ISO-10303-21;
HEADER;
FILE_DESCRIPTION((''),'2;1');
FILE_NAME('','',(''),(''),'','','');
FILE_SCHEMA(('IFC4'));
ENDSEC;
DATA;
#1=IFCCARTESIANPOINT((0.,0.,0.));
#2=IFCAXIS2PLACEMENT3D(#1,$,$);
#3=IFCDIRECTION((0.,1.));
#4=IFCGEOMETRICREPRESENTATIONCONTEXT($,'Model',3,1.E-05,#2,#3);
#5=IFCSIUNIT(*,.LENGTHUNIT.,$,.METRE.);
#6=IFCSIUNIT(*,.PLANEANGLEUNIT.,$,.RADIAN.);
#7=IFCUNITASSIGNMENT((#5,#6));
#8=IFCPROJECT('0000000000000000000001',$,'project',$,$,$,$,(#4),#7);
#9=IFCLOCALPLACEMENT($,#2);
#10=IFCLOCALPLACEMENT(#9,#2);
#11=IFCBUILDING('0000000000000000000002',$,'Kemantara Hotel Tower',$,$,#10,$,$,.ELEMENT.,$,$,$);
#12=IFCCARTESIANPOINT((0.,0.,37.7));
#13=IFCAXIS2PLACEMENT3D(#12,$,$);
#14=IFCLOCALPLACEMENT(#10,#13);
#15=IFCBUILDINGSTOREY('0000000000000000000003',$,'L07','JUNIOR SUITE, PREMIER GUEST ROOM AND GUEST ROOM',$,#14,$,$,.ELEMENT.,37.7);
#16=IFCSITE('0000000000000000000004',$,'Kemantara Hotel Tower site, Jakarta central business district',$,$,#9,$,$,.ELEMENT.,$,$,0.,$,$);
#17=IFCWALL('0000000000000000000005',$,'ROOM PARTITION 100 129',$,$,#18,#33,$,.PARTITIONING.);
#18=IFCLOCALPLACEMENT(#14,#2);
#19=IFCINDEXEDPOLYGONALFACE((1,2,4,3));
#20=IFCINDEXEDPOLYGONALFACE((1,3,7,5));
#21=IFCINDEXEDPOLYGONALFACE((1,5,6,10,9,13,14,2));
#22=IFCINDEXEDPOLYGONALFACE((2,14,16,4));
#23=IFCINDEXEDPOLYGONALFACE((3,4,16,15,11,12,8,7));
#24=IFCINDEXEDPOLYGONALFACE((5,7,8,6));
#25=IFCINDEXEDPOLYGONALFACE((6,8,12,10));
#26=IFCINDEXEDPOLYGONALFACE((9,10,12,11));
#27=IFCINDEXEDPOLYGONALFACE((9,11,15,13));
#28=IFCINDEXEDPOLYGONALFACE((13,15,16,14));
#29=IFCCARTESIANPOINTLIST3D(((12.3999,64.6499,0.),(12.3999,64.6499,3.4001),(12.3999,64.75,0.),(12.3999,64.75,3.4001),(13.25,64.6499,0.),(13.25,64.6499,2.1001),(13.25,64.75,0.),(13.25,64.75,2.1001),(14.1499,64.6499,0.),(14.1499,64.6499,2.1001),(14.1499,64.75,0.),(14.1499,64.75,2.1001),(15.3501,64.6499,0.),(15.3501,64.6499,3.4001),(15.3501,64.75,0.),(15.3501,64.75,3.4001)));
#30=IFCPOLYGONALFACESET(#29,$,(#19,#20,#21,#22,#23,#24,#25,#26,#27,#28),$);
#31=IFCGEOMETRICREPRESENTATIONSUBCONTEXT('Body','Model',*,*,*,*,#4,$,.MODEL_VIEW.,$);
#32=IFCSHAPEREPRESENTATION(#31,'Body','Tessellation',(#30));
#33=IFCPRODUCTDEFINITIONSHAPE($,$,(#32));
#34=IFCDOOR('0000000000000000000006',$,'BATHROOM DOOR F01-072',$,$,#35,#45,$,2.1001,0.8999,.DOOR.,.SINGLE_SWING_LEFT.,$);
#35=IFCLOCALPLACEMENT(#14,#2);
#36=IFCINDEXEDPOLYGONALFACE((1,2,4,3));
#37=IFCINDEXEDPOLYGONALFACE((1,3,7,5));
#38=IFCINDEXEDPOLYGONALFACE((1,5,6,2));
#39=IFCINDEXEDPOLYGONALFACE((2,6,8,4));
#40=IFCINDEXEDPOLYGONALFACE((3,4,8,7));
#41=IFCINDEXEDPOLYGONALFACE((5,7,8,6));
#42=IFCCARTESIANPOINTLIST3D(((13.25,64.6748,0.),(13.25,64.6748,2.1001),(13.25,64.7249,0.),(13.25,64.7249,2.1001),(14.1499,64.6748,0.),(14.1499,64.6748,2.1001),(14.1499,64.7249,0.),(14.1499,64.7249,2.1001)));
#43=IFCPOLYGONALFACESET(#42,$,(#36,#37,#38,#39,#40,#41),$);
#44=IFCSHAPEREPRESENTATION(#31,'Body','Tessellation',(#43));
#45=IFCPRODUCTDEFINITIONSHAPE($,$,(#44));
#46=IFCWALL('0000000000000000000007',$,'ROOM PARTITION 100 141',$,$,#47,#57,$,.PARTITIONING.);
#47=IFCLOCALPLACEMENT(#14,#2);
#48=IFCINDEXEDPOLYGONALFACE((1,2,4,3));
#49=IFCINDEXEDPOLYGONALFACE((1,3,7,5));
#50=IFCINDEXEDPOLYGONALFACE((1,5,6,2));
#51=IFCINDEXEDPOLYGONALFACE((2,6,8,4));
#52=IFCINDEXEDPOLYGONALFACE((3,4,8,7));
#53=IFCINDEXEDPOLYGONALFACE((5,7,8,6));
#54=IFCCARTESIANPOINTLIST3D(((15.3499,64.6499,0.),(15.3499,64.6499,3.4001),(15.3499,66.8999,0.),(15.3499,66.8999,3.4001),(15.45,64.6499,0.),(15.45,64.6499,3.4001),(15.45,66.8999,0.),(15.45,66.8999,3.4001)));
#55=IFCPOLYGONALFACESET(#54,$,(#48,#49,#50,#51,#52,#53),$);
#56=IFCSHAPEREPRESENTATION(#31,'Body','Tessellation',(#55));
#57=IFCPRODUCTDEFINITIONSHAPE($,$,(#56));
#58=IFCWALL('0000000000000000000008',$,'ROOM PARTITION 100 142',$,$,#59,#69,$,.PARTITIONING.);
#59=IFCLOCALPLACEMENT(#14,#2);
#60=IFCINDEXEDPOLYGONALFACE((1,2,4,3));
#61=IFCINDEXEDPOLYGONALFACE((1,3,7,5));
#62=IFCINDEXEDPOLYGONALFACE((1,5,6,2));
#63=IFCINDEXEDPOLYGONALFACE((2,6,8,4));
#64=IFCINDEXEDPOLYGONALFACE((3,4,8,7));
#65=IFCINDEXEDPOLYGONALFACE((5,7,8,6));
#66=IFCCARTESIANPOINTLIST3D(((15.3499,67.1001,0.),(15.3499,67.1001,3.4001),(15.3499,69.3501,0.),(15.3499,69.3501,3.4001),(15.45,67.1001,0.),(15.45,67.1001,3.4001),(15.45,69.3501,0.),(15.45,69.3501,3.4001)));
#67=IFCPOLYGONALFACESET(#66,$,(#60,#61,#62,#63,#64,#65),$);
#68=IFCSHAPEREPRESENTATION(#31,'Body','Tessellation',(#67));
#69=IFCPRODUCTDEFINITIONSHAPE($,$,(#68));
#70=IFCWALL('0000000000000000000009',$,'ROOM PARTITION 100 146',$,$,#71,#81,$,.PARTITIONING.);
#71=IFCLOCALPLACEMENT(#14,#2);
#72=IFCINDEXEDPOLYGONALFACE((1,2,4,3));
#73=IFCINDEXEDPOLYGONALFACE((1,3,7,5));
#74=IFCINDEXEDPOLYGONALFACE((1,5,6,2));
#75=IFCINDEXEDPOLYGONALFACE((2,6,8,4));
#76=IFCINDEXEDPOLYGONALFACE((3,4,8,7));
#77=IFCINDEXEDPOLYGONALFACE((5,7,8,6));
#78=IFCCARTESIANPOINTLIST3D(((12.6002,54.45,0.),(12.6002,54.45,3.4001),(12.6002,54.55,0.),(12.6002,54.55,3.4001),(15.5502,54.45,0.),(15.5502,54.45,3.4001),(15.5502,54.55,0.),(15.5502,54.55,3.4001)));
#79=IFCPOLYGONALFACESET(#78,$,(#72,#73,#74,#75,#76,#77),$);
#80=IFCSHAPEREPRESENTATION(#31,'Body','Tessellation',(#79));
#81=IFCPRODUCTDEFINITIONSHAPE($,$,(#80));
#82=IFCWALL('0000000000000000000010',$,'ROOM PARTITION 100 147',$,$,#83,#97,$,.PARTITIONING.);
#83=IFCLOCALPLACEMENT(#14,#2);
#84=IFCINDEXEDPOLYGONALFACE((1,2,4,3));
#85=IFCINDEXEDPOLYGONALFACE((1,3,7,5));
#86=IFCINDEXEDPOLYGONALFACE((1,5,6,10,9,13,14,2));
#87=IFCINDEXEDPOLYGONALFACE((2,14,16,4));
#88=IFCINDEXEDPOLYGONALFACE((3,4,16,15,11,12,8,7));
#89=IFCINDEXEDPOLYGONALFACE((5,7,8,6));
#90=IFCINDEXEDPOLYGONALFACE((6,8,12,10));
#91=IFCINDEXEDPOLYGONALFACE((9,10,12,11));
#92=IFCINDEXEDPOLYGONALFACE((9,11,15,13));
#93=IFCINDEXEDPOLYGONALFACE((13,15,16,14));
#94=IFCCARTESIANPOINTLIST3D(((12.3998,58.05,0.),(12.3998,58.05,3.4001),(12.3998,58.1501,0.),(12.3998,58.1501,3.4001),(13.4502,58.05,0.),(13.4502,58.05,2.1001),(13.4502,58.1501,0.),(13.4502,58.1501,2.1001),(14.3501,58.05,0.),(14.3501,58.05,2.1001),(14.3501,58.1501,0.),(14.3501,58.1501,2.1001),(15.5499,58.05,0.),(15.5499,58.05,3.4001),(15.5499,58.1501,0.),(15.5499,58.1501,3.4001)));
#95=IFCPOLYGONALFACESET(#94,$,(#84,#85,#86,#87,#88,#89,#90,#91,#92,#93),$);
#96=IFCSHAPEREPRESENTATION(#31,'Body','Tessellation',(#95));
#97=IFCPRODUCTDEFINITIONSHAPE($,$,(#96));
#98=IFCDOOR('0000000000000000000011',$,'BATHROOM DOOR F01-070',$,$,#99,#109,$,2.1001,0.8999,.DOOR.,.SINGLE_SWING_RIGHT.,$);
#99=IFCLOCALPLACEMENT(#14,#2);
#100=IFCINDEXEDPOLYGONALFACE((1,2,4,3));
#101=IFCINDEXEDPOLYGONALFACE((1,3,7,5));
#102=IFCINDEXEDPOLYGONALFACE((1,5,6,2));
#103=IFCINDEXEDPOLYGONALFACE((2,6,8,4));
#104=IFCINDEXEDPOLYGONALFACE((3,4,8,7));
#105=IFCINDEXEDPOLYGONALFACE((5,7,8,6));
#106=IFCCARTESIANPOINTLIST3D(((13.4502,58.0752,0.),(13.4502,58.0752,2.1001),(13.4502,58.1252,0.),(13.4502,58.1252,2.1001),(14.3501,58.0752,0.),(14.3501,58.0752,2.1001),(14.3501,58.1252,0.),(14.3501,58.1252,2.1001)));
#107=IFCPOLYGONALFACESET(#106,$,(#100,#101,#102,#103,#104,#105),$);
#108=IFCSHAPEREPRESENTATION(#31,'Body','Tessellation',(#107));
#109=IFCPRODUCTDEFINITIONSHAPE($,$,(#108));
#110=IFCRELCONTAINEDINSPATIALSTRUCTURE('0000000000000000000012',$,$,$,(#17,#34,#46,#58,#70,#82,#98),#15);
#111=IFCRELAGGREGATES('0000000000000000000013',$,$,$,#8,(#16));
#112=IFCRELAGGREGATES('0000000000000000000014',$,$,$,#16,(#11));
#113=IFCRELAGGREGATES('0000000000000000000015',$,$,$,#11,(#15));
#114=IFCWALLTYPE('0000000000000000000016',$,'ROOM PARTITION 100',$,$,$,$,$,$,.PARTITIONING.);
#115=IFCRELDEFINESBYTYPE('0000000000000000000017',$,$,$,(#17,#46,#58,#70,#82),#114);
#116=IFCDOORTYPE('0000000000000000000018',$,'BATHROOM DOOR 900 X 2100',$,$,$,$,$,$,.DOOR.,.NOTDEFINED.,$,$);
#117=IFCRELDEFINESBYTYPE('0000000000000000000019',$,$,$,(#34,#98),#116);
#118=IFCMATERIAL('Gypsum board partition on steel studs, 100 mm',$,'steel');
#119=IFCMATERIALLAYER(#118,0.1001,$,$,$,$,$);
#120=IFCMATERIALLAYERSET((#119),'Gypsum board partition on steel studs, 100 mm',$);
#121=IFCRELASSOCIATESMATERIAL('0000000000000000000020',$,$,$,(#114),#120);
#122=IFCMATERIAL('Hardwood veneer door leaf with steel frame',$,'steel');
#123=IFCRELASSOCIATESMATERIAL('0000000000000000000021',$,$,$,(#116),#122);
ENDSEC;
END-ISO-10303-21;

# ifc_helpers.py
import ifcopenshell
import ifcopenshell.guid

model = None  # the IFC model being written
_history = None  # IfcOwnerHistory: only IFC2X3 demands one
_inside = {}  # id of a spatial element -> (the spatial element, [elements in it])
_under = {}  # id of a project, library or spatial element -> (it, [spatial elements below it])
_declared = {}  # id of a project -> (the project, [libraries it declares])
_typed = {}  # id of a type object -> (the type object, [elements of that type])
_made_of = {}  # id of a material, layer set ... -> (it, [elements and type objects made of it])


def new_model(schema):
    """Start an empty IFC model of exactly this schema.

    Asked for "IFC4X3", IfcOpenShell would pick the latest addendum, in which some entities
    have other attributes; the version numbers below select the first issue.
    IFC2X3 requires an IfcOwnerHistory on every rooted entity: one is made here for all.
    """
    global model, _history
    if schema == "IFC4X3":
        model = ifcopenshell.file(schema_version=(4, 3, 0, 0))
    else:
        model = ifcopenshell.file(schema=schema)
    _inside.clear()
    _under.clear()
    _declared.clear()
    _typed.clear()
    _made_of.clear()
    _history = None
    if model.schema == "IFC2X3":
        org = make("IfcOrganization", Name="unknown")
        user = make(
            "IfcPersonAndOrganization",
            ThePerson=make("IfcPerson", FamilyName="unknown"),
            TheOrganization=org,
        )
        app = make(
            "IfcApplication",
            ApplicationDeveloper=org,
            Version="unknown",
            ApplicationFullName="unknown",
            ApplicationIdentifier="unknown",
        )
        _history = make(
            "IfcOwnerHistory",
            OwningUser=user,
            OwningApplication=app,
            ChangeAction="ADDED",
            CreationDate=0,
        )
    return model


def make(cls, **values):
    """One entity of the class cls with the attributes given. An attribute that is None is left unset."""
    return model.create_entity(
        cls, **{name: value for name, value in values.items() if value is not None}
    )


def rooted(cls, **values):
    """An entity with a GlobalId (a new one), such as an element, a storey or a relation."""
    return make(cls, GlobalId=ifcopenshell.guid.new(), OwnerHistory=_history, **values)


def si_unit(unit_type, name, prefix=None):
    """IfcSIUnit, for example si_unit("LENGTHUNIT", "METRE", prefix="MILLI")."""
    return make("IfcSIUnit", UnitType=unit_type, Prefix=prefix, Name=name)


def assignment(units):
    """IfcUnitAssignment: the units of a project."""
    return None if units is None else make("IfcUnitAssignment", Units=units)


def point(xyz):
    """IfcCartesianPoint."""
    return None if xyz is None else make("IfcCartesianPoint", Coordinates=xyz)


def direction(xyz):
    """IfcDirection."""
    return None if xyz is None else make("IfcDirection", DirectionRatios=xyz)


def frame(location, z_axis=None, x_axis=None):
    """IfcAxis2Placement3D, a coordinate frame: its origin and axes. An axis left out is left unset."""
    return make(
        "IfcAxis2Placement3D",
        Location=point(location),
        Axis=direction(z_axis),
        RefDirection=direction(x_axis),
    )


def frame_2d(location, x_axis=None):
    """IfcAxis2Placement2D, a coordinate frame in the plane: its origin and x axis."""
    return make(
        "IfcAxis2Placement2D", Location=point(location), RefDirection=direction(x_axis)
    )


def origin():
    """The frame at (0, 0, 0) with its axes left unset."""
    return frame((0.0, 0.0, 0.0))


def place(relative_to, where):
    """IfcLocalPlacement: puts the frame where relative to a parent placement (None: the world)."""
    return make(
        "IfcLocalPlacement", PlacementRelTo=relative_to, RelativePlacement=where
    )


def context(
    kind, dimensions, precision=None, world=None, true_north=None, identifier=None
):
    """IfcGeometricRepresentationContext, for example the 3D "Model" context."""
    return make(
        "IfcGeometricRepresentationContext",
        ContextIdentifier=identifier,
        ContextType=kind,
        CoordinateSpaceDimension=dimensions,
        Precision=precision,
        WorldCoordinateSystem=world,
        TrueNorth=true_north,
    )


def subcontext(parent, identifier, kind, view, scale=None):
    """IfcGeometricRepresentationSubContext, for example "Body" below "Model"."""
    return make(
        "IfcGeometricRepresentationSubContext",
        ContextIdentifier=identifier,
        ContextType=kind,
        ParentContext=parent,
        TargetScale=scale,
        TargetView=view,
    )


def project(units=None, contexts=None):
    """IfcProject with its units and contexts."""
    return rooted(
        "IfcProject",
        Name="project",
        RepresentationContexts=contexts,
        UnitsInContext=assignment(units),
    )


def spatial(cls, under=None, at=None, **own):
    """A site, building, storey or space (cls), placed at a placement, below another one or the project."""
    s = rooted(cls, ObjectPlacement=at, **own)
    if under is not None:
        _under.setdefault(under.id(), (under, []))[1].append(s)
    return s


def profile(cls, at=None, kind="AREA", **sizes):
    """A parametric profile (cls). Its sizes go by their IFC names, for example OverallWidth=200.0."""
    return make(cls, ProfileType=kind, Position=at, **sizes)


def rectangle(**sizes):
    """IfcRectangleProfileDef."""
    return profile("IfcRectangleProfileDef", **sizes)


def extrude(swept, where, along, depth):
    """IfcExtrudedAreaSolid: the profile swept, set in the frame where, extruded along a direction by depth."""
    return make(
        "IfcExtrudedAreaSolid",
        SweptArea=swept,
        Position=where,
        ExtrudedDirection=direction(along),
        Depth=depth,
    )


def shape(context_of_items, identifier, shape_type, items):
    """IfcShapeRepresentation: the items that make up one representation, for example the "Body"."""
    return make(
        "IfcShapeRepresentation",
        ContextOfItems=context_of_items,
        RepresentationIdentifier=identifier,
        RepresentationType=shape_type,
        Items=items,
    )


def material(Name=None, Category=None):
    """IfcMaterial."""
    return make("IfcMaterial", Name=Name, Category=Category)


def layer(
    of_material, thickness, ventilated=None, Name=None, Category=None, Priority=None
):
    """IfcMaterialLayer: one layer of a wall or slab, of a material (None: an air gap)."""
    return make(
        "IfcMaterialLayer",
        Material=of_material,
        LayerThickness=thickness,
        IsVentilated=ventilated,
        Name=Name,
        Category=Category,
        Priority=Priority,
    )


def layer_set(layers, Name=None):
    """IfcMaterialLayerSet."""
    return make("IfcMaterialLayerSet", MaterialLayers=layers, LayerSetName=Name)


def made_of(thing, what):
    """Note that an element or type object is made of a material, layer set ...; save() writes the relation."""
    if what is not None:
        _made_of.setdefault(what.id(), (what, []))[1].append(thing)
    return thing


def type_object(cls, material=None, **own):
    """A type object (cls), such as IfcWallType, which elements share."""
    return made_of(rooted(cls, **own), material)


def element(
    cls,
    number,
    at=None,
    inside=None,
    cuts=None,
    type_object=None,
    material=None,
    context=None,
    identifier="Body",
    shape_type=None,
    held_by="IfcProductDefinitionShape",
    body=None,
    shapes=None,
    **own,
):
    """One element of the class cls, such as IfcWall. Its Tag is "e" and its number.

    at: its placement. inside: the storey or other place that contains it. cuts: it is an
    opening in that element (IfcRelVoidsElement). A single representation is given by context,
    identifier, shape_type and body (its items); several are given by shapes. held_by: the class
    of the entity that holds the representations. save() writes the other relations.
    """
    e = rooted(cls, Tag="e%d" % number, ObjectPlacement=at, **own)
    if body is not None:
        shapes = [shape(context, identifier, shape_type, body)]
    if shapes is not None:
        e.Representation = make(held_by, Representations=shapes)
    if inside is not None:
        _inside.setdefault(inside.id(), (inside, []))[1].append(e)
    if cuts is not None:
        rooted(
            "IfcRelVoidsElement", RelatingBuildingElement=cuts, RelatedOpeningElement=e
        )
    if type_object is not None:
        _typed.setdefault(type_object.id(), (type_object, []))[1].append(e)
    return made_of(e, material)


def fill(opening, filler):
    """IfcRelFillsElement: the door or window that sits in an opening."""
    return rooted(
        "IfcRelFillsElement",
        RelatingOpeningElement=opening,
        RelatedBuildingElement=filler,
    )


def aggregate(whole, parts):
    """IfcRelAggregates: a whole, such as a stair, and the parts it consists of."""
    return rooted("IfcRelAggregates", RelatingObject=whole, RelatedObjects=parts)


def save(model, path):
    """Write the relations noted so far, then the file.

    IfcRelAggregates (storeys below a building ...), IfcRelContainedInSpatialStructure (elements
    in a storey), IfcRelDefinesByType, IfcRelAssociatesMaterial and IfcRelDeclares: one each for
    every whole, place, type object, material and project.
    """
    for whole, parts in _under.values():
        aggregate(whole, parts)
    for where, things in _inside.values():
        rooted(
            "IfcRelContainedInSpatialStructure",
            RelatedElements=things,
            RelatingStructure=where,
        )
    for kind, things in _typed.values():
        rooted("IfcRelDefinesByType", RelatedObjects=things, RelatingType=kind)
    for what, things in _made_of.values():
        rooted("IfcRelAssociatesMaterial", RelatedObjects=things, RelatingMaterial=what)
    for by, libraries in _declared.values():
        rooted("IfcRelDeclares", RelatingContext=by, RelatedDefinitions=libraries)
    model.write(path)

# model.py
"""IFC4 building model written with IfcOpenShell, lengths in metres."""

from ifc_helpers import new_model, si_unit, direction, frame, frame_2d, origin, place, context, subcontext, project, spatial, rectangle, extrude, material, layer, layer_set, type_object, element, fill, save


model = new_model("IFC4")

# Units and contexts
model_context = context("Model", 3, precision=1e-05, world=origin(), true_north=direction((0.0, 1.0)))
body_context = subcontext(model_context, "Body", "Model", "MODEL_VIEW")
ifc_project = project(units=[si_unit("LENGTHUNIT", "METRE"), si_unit("PLANEANGLEUNIT", "RADIAN")], contexts=[model_context])

# Site, building, storey
site_placement = place(None, origin())
site = spatial("IfcSite", under=ifc_project, at=site_placement, Name="Kemantara Hotel Tower site, Jakarta central business district", CompositionType="ELEMENT", RefElevation=0.0)
building_placement = place(site_placement, origin())
building = spatial("IfcBuilding", under=site, at=building_placement, Name="Kemantara Hotel Tower", CompositionType="ELEMENT")
storey_placement = place(building_placement, frame((0.0, 0.0, 37.7)))
storey = spatial("IfcBuildingStorey", under=building, at=storey_placement, Name="L07", Description="JUNIOR SUITE, PREMIER GUEST ROOM AND GUEST ROOM", CompositionType="ELEMENT", Elevation=37.7)

# Shared definitions
ifc_material_1 = material(Name="Hardwood veneer door leaf with steel frame", Category="steel")

# Wall, opening, door
ifc_material_2 = material(Name="Gypsum board partition on steel studs, 100 mm", Category="steel")
ifc_layer_1 = layer(ifc_material_2, 0.1001)
ifc_layer_set_1 = layer_set([ifc_layer_1], Name="Gypsum board partition on steel studs, 100 mm")
wall_type_1 = type_object("IfcWallType", Name="ROOM PARTITION 100", PredefinedType="PARTITIONING", material=ifc_layer_set_1)
wall_1_placement = place(storey_placement, frame((12.3999, 64.7, 0.0), z_axis=(0.0, 0.0, 1.0), x_axis=(1.0, 0.0, 0.0)))
wall_1 = element("IfcWall", 1, at=wall_1_placement, inside=storey, type_object=wall_type_1, Name="ROOM PARTITION 100 129", PredefinedType="PARTITIONING", context=body_context, shape_type="SweptSolid", body=[
    extrude(rectangle(XDim=2.9502, YDim=0.1001, at=frame_2d((1.4751, 0.0))), origin(), (0.0, 0.0, 1.0), 3.4001),
])
opening_1_placement = place(wall_1_placement, frame((0.8501, 0.0, 0.0)))
opening_1 = element("IfcOpeningElement", 2, at=opening_1_placement, cuts=wall_1, PredefinedType="OPENING", context=body_context, shape_type="SweptSolid", body=[
    extrude(rectangle(XDim=0.8999, YDim=2.1001, at=frame_2d((0.45, 1.05))), frame((0.0, 0.0601, 0.0), z_axis=(0.0, -1.0, 0.0), x_axis=(1.0, 0.0, 0.0)), (0.0, 0.0, 1.0), 0.1201),
])
door_type_1 = type_object("IfcDoorType", Name="BATHROOM DOOR 900 X 2100", OperationType="NOTDEFINED", PredefinedType="DOOR", material=ifc_material_1)
door_1_placement = place(opening_1_placement, origin())
door_1 = element("IfcDoor", 3, at=door_1_placement, inside=storey, type_object=door_type_1, Name="BATHROOM DOOR F01-072", OperationType="SINGLE_SWING_LEFT", OverallHeight=2.1001, OverallWidth=0.8999, PredefinedType="DOOR", context=body_context, shape_type="SweptSolid", body=[
    extrude(rectangle(XDim=0.8999, YDim=2.1001, at=frame_2d((0.45, 1.05))), frame((0.0, 0.0249, 0.0), z_axis=(0.0, -1.0, 0.0), x_axis=(1.0, 0.0, 0.0)), (0.0, 0.0, 1.0), 0.05),
])
fill(opening_1, door_1)

# Walls
for number, where, z_axis, x_axis, name in (
    (4, (15.3999, 64.6499, 0.0), (0.0, 0.0, 1.0), (0.0, 1.0, 0.0), "ROOM PARTITION 100 141"),
    (5, (15.3999, 67.1001, 0.0), (0.0, 0.0, 1.0), (0.0, 1.0, 0.0), "ROOM PARTITION 100 142"),
):
    element("IfcWall", number, at=place(storey_placement, frame(where, z_axis=z_axis, x_axis=x_axis)), inside=storey, type_object=wall_type_1, Name=name, PredefinedType="PARTITIONING", context=body_context, shape_type="SweptSolid", body=[
        extrude(rectangle(XDim=2.25, YDim=0.1001, at=frame_2d((1.125, 0.0))), origin(), (0.0, 0.0, 1.0), 3.4001),
    ])
wall_2_placement = place(storey_placement, frame((12.6001, 54.5, 0.0), z_axis=(0.0, 0.0, 1.0), x_axis=(1.0, 0.0, 0.0)))
element("IfcWall", 6, at=wall_2_placement, inside=storey, type_object=wall_type_1, Name="ROOM PARTITION 100 146", PredefinedType="PARTITIONING", context=body_context, shape_type="SweptSolid", body=[
    extrude(rectangle(XDim=2.95, YDim=0.1001, at=frame_2d((1.4751, 0.0))), origin(), (0.0, 0.0, 1.0), 3.4001),
])

# Wall, opening, door
wall_3_placement = place(storey_placement, frame((15.55, 58.1001, 0.0), z_axis=(0.0, 0.0, 1.0), x_axis=(-1.0, 0.0, 0.0)))
wall_3 = element("IfcWall", 7, at=wall_3_placement, inside=storey, type_object=wall_type_1, Name="ROOM PARTITION 100 147", PredefinedType="PARTITIONING", context=body_context, shape_type="SweptSolid", body=[
    extrude(rectangle(XDim=3.1501, YDim=0.1001, at=frame_2d((1.5752, 0.0))), origin(), (0.0, 0.0, 1.0), 3.4001),
])
opening_2_placement = place(wall_3_placement, frame((1.2, 0.0, 0.0)))
opening_2 = element("IfcOpeningElement", 8, at=opening_2_placement, cuts=wall_3, PredefinedType="OPENING", context=body_context, shape_type="SweptSolid", body=[
    extrude(rectangle(XDim=0.8999, YDim=2.1001, at=frame_2d((0.45, 1.05))), frame((0.0, 0.0601, 0.0), z_axis=(0.0, -1.0, 0.0), x_axis=(1.0, 0.0, 0.0)), (0.0, 0.0, 1.0), 0.1201),
])
door_2_placement = place(opening_2_placement, origin())
door_2 = element("IfcDoor", 9, at=door_2_placement, inside=storey, type_object=door_type_1, Name="BATHROOM DOOR F01-070", OperationType="SINGLE_SWING_RIGHT", OverallHeight=2.1001, OverallWidth=0.8999, PredefinedType="DOOR", context=body_context, shape_type="SweptSolid", body=[
    extrude(rectangle(XDim=0.8999, YDim=2.1001, at=frame_2d((0.45, 1.05))), frame((0.0, 0.0249, 0.0), z_axis=(0.0, -1.0, 0.0), x_axis=(1.0, 0.0, 0.0)), (0.0, 0.0, 1.0), 0.05),
])
fill(opening_2, door_2)

save(model, "model.ifc")
